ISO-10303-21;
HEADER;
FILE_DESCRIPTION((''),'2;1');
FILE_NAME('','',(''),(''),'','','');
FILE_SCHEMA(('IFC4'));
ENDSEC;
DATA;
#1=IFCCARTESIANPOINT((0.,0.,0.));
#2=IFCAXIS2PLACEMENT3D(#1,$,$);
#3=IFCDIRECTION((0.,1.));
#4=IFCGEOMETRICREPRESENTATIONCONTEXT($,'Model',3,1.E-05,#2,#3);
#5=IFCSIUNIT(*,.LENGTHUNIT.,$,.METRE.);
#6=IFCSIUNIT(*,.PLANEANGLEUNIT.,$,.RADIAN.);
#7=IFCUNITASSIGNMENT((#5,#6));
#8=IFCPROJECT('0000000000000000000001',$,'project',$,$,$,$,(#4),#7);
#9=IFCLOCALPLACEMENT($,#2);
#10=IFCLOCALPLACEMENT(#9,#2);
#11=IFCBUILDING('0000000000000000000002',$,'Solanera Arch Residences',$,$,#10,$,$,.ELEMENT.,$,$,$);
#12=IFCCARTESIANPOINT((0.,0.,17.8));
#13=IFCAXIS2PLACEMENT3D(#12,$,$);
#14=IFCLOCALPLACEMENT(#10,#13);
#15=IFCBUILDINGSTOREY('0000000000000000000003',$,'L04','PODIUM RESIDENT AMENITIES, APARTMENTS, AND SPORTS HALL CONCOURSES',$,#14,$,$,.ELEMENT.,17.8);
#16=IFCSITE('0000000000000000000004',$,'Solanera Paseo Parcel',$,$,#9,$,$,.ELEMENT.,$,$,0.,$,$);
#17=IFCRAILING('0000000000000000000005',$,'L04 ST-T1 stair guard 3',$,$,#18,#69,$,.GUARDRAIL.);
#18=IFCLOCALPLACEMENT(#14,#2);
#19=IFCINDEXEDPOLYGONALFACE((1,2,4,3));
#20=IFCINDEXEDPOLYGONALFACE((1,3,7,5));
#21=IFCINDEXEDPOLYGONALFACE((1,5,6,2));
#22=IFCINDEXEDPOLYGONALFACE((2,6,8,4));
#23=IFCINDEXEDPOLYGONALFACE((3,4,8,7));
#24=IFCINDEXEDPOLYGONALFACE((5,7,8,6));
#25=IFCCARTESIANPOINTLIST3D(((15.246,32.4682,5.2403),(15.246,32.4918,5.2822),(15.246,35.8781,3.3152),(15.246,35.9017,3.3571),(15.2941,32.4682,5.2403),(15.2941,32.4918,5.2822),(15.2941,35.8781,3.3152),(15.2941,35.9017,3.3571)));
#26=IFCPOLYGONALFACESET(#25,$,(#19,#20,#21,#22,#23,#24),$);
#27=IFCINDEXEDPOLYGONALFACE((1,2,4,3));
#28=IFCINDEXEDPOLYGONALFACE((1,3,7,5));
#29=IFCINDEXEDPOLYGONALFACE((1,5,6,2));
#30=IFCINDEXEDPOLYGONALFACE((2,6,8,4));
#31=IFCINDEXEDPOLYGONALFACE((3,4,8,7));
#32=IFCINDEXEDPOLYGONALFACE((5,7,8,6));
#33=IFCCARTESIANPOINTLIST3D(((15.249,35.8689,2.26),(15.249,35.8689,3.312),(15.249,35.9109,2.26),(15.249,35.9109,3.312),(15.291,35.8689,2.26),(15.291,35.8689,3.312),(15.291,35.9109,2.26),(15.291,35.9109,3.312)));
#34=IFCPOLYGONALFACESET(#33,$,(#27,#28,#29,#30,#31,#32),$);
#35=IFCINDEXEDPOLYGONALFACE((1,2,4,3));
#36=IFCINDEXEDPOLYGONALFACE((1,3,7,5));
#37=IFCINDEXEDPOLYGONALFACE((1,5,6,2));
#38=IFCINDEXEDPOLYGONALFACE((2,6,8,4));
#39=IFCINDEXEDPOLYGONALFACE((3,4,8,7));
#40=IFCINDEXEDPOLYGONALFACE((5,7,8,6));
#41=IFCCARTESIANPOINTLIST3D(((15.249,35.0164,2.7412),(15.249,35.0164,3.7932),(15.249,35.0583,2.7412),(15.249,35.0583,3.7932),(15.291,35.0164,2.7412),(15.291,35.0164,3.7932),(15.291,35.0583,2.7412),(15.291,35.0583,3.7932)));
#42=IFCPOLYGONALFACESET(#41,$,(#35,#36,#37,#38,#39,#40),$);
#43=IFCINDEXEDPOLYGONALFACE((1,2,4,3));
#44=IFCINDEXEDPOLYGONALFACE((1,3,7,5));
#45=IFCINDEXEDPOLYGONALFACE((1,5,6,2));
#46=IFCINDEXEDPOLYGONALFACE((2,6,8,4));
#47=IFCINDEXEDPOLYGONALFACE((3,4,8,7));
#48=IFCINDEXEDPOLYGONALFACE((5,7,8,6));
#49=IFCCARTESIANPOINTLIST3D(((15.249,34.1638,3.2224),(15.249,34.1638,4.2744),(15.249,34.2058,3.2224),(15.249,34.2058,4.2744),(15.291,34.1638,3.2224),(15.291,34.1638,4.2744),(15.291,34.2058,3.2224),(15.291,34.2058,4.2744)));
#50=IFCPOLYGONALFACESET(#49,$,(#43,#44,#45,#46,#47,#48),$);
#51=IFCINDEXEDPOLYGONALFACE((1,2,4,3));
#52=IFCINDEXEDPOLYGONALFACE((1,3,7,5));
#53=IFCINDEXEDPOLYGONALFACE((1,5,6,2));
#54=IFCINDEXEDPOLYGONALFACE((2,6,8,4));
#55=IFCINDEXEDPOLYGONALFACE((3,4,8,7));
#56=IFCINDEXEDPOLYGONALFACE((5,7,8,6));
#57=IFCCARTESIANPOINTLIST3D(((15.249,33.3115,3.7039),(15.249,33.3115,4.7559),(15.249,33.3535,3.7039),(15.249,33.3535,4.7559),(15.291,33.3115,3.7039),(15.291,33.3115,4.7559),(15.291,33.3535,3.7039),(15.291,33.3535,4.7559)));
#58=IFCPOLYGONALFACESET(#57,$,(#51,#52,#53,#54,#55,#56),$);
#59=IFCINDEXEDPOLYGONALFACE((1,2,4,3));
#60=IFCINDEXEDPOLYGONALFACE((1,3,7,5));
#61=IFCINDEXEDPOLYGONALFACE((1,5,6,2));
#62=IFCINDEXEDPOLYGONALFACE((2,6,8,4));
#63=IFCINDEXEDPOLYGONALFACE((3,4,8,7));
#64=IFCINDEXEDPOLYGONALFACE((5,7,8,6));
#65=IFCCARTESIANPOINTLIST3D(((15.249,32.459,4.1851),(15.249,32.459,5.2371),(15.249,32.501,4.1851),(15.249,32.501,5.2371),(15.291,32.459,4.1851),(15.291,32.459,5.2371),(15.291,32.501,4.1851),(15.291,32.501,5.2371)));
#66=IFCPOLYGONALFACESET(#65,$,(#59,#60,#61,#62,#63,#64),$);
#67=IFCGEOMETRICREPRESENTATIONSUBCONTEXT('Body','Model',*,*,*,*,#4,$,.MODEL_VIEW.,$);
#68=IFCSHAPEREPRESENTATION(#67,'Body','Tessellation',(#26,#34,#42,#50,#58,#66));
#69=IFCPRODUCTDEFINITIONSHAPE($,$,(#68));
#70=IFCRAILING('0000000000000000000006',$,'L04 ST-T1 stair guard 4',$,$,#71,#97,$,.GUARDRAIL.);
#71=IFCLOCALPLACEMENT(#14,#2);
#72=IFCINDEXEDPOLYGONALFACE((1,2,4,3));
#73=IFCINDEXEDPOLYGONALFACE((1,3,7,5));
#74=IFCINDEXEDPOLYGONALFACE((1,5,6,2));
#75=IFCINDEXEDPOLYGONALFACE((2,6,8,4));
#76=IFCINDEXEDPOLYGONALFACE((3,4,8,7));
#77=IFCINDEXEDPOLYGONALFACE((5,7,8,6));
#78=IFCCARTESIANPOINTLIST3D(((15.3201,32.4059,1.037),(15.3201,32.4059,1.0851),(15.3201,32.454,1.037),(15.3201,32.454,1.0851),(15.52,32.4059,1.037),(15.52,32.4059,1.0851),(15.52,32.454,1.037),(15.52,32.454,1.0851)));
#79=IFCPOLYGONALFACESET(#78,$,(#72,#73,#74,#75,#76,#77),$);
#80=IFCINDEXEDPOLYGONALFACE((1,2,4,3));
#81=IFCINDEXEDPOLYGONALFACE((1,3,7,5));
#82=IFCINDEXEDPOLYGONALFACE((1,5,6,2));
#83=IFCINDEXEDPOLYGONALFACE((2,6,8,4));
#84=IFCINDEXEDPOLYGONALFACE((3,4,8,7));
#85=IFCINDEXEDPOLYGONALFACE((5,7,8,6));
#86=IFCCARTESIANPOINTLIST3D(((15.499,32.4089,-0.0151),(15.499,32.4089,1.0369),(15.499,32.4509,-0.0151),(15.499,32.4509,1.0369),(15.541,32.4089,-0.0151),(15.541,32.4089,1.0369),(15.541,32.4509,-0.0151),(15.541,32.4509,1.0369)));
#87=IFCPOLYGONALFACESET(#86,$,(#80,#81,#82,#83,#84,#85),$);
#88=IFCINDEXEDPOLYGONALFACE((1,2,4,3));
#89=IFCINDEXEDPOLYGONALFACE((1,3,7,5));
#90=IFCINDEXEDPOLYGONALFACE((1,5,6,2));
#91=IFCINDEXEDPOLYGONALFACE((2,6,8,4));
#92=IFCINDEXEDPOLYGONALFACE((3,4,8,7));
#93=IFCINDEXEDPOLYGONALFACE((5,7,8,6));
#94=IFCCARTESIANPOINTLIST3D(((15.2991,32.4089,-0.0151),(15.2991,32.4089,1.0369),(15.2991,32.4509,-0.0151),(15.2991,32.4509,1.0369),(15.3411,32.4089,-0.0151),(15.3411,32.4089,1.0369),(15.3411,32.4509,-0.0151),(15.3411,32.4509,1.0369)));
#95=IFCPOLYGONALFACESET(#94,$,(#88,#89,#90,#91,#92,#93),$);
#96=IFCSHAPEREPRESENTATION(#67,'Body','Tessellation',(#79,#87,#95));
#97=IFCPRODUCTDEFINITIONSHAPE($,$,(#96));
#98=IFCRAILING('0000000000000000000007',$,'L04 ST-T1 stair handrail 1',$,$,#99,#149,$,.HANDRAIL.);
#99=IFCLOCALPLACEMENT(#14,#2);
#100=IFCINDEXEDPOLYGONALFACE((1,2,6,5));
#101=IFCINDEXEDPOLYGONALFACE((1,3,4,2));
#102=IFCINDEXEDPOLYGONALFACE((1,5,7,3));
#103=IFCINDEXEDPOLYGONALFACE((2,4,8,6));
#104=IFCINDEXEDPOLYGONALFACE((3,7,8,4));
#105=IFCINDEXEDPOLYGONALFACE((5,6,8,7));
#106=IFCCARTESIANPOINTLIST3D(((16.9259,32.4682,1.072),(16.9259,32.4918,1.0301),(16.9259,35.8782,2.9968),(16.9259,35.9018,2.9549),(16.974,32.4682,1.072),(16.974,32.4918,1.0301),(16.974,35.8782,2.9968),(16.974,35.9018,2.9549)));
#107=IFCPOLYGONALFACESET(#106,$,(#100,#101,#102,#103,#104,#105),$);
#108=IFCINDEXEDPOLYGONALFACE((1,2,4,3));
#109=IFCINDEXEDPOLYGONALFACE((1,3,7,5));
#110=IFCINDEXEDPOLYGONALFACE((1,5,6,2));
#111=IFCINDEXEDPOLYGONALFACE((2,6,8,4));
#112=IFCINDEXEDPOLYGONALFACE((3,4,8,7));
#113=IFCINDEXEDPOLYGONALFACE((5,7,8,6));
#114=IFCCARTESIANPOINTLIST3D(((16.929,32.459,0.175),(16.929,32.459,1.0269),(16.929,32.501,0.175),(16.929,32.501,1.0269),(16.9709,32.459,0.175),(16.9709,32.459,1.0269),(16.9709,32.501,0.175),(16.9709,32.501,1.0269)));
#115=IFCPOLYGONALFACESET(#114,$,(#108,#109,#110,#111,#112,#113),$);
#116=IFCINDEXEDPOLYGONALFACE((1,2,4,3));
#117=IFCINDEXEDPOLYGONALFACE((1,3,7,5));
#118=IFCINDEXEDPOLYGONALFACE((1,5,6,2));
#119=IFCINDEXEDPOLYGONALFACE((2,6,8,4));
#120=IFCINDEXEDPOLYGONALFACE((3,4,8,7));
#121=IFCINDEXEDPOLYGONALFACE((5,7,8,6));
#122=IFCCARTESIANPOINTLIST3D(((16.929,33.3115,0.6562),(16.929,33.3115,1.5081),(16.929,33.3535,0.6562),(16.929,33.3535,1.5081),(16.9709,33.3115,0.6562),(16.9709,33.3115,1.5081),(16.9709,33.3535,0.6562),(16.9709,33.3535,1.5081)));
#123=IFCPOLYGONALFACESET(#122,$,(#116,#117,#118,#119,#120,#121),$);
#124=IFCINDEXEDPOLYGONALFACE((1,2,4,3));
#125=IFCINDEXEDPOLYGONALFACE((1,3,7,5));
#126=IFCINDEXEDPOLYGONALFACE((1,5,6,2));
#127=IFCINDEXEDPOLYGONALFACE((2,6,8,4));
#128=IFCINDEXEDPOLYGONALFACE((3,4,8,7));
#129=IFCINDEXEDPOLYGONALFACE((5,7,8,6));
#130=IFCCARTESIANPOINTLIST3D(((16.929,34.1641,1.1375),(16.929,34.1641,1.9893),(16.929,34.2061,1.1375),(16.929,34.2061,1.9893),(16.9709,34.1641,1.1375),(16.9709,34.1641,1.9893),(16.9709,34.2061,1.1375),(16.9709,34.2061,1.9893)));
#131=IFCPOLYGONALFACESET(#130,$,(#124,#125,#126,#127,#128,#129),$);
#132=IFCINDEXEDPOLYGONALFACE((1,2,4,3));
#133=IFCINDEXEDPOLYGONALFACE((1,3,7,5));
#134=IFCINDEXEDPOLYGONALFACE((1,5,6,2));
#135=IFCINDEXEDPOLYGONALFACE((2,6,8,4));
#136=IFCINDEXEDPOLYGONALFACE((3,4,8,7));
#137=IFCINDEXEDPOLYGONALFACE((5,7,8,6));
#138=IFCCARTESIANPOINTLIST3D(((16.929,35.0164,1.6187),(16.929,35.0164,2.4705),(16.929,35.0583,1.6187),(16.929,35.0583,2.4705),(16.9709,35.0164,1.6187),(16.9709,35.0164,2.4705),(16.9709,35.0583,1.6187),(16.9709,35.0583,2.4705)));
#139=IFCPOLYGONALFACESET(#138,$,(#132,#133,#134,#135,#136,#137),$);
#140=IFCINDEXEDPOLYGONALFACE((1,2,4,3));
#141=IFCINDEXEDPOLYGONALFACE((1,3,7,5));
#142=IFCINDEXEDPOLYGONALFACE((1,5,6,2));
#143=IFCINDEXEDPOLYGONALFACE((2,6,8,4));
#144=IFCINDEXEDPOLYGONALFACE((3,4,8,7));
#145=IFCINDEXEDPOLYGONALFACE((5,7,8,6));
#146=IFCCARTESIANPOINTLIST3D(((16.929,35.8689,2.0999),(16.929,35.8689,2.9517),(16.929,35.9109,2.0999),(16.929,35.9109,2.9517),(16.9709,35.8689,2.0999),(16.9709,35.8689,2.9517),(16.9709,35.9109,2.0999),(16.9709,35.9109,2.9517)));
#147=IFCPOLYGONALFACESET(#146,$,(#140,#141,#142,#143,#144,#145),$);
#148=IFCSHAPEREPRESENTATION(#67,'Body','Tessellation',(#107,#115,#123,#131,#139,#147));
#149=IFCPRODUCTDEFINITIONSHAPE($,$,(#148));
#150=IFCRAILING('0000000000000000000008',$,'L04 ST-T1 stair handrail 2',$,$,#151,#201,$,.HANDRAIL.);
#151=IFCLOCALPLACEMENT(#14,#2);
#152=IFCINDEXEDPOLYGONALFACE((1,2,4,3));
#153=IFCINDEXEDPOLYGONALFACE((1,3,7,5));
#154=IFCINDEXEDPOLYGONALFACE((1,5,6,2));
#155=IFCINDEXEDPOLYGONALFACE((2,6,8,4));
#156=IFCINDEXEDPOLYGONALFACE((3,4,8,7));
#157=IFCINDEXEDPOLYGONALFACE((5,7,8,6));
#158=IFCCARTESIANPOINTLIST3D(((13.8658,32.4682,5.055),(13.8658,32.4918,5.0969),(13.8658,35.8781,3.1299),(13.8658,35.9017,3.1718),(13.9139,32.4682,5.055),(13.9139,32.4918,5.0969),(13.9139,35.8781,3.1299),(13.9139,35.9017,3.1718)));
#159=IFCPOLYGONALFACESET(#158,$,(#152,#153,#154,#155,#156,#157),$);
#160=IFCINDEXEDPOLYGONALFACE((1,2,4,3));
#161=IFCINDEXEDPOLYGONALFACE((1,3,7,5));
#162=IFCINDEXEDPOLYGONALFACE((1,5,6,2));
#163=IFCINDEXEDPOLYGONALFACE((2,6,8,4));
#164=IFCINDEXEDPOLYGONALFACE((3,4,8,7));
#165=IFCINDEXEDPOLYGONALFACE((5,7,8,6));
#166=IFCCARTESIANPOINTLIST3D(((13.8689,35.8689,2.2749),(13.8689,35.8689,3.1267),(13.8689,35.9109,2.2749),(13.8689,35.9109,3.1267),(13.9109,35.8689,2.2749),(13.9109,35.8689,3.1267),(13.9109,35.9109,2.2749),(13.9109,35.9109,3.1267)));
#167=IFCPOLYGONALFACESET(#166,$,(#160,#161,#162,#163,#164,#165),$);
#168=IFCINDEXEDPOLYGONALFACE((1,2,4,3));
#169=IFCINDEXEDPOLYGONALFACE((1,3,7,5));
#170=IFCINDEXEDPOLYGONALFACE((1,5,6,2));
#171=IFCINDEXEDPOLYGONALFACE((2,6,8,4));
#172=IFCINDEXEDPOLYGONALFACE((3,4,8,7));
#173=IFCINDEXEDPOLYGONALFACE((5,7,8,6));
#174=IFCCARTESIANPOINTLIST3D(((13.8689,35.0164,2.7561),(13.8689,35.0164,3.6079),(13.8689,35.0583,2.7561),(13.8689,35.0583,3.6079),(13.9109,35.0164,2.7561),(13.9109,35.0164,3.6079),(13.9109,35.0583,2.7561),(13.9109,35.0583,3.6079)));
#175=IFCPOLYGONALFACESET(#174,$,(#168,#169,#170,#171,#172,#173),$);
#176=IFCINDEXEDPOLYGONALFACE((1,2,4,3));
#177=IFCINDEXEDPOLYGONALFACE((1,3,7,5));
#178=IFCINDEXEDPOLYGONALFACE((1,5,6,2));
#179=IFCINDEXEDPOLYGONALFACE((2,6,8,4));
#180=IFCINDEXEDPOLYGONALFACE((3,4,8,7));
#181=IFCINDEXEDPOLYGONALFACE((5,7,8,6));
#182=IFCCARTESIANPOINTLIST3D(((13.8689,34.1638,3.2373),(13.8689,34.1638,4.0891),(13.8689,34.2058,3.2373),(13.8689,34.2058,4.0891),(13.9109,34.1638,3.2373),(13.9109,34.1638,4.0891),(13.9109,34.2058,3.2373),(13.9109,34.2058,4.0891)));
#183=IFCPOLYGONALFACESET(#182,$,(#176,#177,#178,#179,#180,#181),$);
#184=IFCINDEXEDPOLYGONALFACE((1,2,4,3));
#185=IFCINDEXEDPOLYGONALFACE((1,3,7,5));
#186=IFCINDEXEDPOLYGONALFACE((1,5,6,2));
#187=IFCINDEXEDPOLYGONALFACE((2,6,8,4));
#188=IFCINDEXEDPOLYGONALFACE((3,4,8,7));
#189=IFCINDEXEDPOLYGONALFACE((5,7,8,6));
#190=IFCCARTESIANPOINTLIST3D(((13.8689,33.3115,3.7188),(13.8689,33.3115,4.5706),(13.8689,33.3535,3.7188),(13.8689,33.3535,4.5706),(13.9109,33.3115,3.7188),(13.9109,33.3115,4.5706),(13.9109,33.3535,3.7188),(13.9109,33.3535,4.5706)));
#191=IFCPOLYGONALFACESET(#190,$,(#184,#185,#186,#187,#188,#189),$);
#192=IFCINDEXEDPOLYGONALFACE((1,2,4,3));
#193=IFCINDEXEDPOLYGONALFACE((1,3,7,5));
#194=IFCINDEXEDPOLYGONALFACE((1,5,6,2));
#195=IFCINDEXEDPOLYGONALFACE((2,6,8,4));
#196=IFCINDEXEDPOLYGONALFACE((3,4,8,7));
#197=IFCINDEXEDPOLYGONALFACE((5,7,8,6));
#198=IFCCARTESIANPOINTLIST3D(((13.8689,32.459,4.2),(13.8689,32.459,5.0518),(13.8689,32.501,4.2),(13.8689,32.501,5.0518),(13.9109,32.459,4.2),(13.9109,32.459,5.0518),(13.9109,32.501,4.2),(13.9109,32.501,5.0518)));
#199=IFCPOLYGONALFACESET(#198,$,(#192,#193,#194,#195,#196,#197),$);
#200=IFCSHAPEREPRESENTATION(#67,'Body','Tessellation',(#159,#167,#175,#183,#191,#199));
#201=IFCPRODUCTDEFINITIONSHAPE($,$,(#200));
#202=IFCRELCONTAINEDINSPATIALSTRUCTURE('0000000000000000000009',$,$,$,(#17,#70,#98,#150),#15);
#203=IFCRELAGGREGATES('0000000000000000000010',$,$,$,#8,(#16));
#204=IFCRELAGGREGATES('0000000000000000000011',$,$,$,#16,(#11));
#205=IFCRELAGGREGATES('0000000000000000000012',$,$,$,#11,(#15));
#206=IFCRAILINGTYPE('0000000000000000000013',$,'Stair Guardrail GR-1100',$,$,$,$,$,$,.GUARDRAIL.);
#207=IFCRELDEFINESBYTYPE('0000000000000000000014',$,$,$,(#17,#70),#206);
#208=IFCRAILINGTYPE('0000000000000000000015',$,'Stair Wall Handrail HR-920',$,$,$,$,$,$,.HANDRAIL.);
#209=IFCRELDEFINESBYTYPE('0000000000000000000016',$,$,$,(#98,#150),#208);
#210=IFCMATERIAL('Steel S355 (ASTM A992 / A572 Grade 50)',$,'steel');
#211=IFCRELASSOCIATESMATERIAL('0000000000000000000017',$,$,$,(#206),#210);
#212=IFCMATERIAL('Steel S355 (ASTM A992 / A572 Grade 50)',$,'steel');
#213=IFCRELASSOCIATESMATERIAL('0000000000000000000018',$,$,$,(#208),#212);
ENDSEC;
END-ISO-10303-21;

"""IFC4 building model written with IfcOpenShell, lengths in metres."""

from ifc_helpers import new_model, si_unit, direction, frame, origin, origin_2d, place, context, subcontext, project, spatial, rectangle, extrude, material, type_object, element, save


model = new_model("IFC4")

# Units and contexts
model_context = context("Model", 3, precision=1e-05, world=origin(), true_north=direction((0.0, 1.0)))
body_context = subcontext(model_context, "Body", "Model", "MODEL_VIEW")
ifc_project = project(units=[si_unit("LENGTHUNIT", "METRE"), si_unit("PLANEANGLEUNIT", "RADIAN")], contexts=[model_context])

# Site, building, storey
site_placement = place(None, origin())
site = spatial("IfcSite", under=ifc_project, at=site_placement, Name="Solanera Paseo Parcel", CompositionType="ELEMENT", RefElevation=0.0)
building_placement = place(site_placement, origin())
building = spatial("IfcBuilding", under=site, at=building_placement, Name="Solanera Arch Residences", CompositionType="ELEMENT")
storey_placement = place(building_placement, frame((0.0, 0.0, 17.8)))
storey = spatial("IfcBuildingStorey", under=building, at=storey_placement, Name="L04", Description="PODIUM RESIDENT AMENITIES, APARTMENTS, AND SPORTS HALL CONCOURSES", CompositionType="ELEMENT", Elevation=17.8)

# Railings
ifc_material_1 = material(Name="Steel S355 (ASTM A992 / A572 Grade 50)", Category="steel")
railing_type_1 = type_object("IfcRailingType", Name="Stair Guardrail GR-1100", PredefinedType="GUARDRAIL", material=ifc_material_1)
railing_1_placement = place(storey_placement, frame((15.27, 35.8899, 2.26)))
element("IfcRailing", 1, at=railing_1_placement, inside=storey, type_object=railing_type_1, Name="L04 ST-T1 stair guard 3", PredefinedType="GUARDRAIL", context=body_context, shape_type="SweptSolid", body=[
    extrude(rectangle(XDim=0.0481, YDim=0.0481, at=origin_2d()), frame((0.0, 0.0, 1.0762), z_axis=(0.0, -0.870814, 0.491613), x_axis=(1.0, 0.0, 0.0)), (0.0, 0.0, 1.0), 3.9158),
    extrude(rectangle(XDim=0.042, YDim=0.042, at=origin_2d()), origin(), (0.0, 0.0, 1.0), 1.052),
    extrude(rectangle(XDim=0.042, YDim=0.042, at=origin_2d()), frame((0.0, -0.8525, 0.4812)), (0.0, 0.0, 1.0), 1.052),
    extrude(rectangle(XDim=0.042, YDim=0.042, at=origin_2d()), frame((0.0, -1.7051, 0.9624)), (0.0, 0.0, 1.0), 1.052),
    extrude(rectangle(XDim=0.042, YDim=0.042, at=origin_2d()), frame((0.0, -2.5574, 1.4438)), (0.0, 0.0, 1.0), 1.052),
    extrude(rectangle(XDim=0.042, YDim=0.042, at=origin_2d()), frame((0.0, -3.4099, 1.925)), (0.0, 0.0, 1.0), 1.052),
])
railing_2_placement = place(storey_placement, frame((15.52, 32.4299, -0.0151)))
element("IfcRailing", 2, at=railing_2_placement, inside=storey, type_object=railing_type_1, Name="L04 ST-T1 stair guard 4", PredefinedType="GUARDRAIL", context=body_context, shape_type="SweptSolid", body=[
    extrude(rectangle(XDim=0.0481, YDim=0.0481, at=origin_2d()), frame((0.0, 0.0, 1.0762), z_axis=(-1.0, 0.0, 0.0), x_axis=(0.0, -1.0, 0.0)), (0.0, 0.0, 1.0), 0.2),
    extrude(rectangle(XDim=0.042, YDim=0.042, at=origin_2d()), origin(), (0.0, 0.0, 1.0), 1.052),
    extrude(rectangle(XDim=0.042, YDim=0.042, at=origin_2d()), frame((-0.2, 0.0, 0.0)), (0.0, 0.0, 1.0), 1.052),
])
ifc_material_2 = material(Name="Steel S355 (ASTM A992 / A572 Grade 50)", Category="steel")
railing_type_2 = type_object("IfcRailingType", Name="Stair Wall Handrail HR-920", PredefinedType="HANDRAIL", material=ifc_material_2)
railing_3_placement = place(storey_placement, frame((16.95, 32.48, 0.175)))
element("IfcRailing", 3, at=railing_3_placement, inside=storey, type_object=railing_type_2, Name="L04 ST-T1 stair handrail 1", PredefinedType="HANDRAIL", context=body_context, shape_type="SweptSolid", body=[
    extrude(rectangle(XDim=0.0481, YDim=0.0481, at=origin_2d()), frame((0.0, 0.0, 0.876), z_axis=(0.0, 0.87084, 0.491566), x_axis=(-1.0, 0.0, 0.0)), (0.0, 0.0, 1.0), 3.9158),
    extrude(rectangle(XDim=0.042, YDim=0.042, at=origin_2d()), origin(), (0.0, 0.0, 1.0), 0.8518),
    extrude(rectangle(XDim=0.042, YDim=0.042, at=origin_2d()), frame((0.0, 0.8525, 0.4812)), (0.0, 0.0, 1.0), 0.8518),
    extrude(rectangle(XDim=0.042, YDim=0.042, at=origin_2d()), frame((0.0, 1.7051, 0.9624)), (0.0, 0.0, 1.0), 0.8518),
    extrude(rectangle(XDim=0.042, YDim=0.042, at=origin_2d()), frame((0.0, 2.5574, 1.4436)), (0.0, 0.0, 1.0), 0.8518),
    extrude(rectangle(XDim=0.042, YDim=0.042, at=origin_2d()), frame((0.0, 3.4099, 1.9248)), (0.0, 0.0, 1.0), 0.8518),
])
railing_4_placement = place(storey_placement, frame((13.8899, 35.8899, 2.2749)))
element("IfcRailing", 4, at=railing_4_placement, inside=storey, type_object=railing_type_2, Name="L04 ST-T1 stair handrail 2", PredefinedType="HANDRAIL", context=body_context, shape_type="SweptSolid", body=[
    extrude(rectangle(XDim=0.0481, YDim=0.0481, at=origin_2d()), frame((0.0, 0.0, 0.876), z_axis=(0.0, -0.870814, 0.491613), x_axis=(1.0, 0.0, 0.0)), (0.0, 0.0, 1.0), 3.9158),
    extrude(rectangle(XDim=0.042, YDim=0.042, at=origin_2d()), origin(), (0.0, 0.0, 1.0), 0.8518),
    extrude(rectangle(XDim=0.042, YDim=0.042, at=origin_2d()), frame((0.0, -0.8525, 0.4812)), (0.0, 0.0, 1.0), 0.8518),
    extrude(rectangle(XDim=0.042, YDim=0.042, at=origin_2d()), frame((0.0, -1.7051, 0.9624)), (0.0, 0.0, 1.0), 0.8518),
    extrude(rectangle(XDim=0.042, YDim=0.042, at=origin_2d()), frame((0.0, -2.5574, 1.4438)), (0.0, 0.0, 1.0), 0.8518),
    extrude(rectangle(XDim=0.042, YDim=0.042, at=origin_2d()), frame((0.0, -3.4099, 1.925)), (0.0, 0.0, 1.0), 0.8518),
])

save(model, "model.ifc")
